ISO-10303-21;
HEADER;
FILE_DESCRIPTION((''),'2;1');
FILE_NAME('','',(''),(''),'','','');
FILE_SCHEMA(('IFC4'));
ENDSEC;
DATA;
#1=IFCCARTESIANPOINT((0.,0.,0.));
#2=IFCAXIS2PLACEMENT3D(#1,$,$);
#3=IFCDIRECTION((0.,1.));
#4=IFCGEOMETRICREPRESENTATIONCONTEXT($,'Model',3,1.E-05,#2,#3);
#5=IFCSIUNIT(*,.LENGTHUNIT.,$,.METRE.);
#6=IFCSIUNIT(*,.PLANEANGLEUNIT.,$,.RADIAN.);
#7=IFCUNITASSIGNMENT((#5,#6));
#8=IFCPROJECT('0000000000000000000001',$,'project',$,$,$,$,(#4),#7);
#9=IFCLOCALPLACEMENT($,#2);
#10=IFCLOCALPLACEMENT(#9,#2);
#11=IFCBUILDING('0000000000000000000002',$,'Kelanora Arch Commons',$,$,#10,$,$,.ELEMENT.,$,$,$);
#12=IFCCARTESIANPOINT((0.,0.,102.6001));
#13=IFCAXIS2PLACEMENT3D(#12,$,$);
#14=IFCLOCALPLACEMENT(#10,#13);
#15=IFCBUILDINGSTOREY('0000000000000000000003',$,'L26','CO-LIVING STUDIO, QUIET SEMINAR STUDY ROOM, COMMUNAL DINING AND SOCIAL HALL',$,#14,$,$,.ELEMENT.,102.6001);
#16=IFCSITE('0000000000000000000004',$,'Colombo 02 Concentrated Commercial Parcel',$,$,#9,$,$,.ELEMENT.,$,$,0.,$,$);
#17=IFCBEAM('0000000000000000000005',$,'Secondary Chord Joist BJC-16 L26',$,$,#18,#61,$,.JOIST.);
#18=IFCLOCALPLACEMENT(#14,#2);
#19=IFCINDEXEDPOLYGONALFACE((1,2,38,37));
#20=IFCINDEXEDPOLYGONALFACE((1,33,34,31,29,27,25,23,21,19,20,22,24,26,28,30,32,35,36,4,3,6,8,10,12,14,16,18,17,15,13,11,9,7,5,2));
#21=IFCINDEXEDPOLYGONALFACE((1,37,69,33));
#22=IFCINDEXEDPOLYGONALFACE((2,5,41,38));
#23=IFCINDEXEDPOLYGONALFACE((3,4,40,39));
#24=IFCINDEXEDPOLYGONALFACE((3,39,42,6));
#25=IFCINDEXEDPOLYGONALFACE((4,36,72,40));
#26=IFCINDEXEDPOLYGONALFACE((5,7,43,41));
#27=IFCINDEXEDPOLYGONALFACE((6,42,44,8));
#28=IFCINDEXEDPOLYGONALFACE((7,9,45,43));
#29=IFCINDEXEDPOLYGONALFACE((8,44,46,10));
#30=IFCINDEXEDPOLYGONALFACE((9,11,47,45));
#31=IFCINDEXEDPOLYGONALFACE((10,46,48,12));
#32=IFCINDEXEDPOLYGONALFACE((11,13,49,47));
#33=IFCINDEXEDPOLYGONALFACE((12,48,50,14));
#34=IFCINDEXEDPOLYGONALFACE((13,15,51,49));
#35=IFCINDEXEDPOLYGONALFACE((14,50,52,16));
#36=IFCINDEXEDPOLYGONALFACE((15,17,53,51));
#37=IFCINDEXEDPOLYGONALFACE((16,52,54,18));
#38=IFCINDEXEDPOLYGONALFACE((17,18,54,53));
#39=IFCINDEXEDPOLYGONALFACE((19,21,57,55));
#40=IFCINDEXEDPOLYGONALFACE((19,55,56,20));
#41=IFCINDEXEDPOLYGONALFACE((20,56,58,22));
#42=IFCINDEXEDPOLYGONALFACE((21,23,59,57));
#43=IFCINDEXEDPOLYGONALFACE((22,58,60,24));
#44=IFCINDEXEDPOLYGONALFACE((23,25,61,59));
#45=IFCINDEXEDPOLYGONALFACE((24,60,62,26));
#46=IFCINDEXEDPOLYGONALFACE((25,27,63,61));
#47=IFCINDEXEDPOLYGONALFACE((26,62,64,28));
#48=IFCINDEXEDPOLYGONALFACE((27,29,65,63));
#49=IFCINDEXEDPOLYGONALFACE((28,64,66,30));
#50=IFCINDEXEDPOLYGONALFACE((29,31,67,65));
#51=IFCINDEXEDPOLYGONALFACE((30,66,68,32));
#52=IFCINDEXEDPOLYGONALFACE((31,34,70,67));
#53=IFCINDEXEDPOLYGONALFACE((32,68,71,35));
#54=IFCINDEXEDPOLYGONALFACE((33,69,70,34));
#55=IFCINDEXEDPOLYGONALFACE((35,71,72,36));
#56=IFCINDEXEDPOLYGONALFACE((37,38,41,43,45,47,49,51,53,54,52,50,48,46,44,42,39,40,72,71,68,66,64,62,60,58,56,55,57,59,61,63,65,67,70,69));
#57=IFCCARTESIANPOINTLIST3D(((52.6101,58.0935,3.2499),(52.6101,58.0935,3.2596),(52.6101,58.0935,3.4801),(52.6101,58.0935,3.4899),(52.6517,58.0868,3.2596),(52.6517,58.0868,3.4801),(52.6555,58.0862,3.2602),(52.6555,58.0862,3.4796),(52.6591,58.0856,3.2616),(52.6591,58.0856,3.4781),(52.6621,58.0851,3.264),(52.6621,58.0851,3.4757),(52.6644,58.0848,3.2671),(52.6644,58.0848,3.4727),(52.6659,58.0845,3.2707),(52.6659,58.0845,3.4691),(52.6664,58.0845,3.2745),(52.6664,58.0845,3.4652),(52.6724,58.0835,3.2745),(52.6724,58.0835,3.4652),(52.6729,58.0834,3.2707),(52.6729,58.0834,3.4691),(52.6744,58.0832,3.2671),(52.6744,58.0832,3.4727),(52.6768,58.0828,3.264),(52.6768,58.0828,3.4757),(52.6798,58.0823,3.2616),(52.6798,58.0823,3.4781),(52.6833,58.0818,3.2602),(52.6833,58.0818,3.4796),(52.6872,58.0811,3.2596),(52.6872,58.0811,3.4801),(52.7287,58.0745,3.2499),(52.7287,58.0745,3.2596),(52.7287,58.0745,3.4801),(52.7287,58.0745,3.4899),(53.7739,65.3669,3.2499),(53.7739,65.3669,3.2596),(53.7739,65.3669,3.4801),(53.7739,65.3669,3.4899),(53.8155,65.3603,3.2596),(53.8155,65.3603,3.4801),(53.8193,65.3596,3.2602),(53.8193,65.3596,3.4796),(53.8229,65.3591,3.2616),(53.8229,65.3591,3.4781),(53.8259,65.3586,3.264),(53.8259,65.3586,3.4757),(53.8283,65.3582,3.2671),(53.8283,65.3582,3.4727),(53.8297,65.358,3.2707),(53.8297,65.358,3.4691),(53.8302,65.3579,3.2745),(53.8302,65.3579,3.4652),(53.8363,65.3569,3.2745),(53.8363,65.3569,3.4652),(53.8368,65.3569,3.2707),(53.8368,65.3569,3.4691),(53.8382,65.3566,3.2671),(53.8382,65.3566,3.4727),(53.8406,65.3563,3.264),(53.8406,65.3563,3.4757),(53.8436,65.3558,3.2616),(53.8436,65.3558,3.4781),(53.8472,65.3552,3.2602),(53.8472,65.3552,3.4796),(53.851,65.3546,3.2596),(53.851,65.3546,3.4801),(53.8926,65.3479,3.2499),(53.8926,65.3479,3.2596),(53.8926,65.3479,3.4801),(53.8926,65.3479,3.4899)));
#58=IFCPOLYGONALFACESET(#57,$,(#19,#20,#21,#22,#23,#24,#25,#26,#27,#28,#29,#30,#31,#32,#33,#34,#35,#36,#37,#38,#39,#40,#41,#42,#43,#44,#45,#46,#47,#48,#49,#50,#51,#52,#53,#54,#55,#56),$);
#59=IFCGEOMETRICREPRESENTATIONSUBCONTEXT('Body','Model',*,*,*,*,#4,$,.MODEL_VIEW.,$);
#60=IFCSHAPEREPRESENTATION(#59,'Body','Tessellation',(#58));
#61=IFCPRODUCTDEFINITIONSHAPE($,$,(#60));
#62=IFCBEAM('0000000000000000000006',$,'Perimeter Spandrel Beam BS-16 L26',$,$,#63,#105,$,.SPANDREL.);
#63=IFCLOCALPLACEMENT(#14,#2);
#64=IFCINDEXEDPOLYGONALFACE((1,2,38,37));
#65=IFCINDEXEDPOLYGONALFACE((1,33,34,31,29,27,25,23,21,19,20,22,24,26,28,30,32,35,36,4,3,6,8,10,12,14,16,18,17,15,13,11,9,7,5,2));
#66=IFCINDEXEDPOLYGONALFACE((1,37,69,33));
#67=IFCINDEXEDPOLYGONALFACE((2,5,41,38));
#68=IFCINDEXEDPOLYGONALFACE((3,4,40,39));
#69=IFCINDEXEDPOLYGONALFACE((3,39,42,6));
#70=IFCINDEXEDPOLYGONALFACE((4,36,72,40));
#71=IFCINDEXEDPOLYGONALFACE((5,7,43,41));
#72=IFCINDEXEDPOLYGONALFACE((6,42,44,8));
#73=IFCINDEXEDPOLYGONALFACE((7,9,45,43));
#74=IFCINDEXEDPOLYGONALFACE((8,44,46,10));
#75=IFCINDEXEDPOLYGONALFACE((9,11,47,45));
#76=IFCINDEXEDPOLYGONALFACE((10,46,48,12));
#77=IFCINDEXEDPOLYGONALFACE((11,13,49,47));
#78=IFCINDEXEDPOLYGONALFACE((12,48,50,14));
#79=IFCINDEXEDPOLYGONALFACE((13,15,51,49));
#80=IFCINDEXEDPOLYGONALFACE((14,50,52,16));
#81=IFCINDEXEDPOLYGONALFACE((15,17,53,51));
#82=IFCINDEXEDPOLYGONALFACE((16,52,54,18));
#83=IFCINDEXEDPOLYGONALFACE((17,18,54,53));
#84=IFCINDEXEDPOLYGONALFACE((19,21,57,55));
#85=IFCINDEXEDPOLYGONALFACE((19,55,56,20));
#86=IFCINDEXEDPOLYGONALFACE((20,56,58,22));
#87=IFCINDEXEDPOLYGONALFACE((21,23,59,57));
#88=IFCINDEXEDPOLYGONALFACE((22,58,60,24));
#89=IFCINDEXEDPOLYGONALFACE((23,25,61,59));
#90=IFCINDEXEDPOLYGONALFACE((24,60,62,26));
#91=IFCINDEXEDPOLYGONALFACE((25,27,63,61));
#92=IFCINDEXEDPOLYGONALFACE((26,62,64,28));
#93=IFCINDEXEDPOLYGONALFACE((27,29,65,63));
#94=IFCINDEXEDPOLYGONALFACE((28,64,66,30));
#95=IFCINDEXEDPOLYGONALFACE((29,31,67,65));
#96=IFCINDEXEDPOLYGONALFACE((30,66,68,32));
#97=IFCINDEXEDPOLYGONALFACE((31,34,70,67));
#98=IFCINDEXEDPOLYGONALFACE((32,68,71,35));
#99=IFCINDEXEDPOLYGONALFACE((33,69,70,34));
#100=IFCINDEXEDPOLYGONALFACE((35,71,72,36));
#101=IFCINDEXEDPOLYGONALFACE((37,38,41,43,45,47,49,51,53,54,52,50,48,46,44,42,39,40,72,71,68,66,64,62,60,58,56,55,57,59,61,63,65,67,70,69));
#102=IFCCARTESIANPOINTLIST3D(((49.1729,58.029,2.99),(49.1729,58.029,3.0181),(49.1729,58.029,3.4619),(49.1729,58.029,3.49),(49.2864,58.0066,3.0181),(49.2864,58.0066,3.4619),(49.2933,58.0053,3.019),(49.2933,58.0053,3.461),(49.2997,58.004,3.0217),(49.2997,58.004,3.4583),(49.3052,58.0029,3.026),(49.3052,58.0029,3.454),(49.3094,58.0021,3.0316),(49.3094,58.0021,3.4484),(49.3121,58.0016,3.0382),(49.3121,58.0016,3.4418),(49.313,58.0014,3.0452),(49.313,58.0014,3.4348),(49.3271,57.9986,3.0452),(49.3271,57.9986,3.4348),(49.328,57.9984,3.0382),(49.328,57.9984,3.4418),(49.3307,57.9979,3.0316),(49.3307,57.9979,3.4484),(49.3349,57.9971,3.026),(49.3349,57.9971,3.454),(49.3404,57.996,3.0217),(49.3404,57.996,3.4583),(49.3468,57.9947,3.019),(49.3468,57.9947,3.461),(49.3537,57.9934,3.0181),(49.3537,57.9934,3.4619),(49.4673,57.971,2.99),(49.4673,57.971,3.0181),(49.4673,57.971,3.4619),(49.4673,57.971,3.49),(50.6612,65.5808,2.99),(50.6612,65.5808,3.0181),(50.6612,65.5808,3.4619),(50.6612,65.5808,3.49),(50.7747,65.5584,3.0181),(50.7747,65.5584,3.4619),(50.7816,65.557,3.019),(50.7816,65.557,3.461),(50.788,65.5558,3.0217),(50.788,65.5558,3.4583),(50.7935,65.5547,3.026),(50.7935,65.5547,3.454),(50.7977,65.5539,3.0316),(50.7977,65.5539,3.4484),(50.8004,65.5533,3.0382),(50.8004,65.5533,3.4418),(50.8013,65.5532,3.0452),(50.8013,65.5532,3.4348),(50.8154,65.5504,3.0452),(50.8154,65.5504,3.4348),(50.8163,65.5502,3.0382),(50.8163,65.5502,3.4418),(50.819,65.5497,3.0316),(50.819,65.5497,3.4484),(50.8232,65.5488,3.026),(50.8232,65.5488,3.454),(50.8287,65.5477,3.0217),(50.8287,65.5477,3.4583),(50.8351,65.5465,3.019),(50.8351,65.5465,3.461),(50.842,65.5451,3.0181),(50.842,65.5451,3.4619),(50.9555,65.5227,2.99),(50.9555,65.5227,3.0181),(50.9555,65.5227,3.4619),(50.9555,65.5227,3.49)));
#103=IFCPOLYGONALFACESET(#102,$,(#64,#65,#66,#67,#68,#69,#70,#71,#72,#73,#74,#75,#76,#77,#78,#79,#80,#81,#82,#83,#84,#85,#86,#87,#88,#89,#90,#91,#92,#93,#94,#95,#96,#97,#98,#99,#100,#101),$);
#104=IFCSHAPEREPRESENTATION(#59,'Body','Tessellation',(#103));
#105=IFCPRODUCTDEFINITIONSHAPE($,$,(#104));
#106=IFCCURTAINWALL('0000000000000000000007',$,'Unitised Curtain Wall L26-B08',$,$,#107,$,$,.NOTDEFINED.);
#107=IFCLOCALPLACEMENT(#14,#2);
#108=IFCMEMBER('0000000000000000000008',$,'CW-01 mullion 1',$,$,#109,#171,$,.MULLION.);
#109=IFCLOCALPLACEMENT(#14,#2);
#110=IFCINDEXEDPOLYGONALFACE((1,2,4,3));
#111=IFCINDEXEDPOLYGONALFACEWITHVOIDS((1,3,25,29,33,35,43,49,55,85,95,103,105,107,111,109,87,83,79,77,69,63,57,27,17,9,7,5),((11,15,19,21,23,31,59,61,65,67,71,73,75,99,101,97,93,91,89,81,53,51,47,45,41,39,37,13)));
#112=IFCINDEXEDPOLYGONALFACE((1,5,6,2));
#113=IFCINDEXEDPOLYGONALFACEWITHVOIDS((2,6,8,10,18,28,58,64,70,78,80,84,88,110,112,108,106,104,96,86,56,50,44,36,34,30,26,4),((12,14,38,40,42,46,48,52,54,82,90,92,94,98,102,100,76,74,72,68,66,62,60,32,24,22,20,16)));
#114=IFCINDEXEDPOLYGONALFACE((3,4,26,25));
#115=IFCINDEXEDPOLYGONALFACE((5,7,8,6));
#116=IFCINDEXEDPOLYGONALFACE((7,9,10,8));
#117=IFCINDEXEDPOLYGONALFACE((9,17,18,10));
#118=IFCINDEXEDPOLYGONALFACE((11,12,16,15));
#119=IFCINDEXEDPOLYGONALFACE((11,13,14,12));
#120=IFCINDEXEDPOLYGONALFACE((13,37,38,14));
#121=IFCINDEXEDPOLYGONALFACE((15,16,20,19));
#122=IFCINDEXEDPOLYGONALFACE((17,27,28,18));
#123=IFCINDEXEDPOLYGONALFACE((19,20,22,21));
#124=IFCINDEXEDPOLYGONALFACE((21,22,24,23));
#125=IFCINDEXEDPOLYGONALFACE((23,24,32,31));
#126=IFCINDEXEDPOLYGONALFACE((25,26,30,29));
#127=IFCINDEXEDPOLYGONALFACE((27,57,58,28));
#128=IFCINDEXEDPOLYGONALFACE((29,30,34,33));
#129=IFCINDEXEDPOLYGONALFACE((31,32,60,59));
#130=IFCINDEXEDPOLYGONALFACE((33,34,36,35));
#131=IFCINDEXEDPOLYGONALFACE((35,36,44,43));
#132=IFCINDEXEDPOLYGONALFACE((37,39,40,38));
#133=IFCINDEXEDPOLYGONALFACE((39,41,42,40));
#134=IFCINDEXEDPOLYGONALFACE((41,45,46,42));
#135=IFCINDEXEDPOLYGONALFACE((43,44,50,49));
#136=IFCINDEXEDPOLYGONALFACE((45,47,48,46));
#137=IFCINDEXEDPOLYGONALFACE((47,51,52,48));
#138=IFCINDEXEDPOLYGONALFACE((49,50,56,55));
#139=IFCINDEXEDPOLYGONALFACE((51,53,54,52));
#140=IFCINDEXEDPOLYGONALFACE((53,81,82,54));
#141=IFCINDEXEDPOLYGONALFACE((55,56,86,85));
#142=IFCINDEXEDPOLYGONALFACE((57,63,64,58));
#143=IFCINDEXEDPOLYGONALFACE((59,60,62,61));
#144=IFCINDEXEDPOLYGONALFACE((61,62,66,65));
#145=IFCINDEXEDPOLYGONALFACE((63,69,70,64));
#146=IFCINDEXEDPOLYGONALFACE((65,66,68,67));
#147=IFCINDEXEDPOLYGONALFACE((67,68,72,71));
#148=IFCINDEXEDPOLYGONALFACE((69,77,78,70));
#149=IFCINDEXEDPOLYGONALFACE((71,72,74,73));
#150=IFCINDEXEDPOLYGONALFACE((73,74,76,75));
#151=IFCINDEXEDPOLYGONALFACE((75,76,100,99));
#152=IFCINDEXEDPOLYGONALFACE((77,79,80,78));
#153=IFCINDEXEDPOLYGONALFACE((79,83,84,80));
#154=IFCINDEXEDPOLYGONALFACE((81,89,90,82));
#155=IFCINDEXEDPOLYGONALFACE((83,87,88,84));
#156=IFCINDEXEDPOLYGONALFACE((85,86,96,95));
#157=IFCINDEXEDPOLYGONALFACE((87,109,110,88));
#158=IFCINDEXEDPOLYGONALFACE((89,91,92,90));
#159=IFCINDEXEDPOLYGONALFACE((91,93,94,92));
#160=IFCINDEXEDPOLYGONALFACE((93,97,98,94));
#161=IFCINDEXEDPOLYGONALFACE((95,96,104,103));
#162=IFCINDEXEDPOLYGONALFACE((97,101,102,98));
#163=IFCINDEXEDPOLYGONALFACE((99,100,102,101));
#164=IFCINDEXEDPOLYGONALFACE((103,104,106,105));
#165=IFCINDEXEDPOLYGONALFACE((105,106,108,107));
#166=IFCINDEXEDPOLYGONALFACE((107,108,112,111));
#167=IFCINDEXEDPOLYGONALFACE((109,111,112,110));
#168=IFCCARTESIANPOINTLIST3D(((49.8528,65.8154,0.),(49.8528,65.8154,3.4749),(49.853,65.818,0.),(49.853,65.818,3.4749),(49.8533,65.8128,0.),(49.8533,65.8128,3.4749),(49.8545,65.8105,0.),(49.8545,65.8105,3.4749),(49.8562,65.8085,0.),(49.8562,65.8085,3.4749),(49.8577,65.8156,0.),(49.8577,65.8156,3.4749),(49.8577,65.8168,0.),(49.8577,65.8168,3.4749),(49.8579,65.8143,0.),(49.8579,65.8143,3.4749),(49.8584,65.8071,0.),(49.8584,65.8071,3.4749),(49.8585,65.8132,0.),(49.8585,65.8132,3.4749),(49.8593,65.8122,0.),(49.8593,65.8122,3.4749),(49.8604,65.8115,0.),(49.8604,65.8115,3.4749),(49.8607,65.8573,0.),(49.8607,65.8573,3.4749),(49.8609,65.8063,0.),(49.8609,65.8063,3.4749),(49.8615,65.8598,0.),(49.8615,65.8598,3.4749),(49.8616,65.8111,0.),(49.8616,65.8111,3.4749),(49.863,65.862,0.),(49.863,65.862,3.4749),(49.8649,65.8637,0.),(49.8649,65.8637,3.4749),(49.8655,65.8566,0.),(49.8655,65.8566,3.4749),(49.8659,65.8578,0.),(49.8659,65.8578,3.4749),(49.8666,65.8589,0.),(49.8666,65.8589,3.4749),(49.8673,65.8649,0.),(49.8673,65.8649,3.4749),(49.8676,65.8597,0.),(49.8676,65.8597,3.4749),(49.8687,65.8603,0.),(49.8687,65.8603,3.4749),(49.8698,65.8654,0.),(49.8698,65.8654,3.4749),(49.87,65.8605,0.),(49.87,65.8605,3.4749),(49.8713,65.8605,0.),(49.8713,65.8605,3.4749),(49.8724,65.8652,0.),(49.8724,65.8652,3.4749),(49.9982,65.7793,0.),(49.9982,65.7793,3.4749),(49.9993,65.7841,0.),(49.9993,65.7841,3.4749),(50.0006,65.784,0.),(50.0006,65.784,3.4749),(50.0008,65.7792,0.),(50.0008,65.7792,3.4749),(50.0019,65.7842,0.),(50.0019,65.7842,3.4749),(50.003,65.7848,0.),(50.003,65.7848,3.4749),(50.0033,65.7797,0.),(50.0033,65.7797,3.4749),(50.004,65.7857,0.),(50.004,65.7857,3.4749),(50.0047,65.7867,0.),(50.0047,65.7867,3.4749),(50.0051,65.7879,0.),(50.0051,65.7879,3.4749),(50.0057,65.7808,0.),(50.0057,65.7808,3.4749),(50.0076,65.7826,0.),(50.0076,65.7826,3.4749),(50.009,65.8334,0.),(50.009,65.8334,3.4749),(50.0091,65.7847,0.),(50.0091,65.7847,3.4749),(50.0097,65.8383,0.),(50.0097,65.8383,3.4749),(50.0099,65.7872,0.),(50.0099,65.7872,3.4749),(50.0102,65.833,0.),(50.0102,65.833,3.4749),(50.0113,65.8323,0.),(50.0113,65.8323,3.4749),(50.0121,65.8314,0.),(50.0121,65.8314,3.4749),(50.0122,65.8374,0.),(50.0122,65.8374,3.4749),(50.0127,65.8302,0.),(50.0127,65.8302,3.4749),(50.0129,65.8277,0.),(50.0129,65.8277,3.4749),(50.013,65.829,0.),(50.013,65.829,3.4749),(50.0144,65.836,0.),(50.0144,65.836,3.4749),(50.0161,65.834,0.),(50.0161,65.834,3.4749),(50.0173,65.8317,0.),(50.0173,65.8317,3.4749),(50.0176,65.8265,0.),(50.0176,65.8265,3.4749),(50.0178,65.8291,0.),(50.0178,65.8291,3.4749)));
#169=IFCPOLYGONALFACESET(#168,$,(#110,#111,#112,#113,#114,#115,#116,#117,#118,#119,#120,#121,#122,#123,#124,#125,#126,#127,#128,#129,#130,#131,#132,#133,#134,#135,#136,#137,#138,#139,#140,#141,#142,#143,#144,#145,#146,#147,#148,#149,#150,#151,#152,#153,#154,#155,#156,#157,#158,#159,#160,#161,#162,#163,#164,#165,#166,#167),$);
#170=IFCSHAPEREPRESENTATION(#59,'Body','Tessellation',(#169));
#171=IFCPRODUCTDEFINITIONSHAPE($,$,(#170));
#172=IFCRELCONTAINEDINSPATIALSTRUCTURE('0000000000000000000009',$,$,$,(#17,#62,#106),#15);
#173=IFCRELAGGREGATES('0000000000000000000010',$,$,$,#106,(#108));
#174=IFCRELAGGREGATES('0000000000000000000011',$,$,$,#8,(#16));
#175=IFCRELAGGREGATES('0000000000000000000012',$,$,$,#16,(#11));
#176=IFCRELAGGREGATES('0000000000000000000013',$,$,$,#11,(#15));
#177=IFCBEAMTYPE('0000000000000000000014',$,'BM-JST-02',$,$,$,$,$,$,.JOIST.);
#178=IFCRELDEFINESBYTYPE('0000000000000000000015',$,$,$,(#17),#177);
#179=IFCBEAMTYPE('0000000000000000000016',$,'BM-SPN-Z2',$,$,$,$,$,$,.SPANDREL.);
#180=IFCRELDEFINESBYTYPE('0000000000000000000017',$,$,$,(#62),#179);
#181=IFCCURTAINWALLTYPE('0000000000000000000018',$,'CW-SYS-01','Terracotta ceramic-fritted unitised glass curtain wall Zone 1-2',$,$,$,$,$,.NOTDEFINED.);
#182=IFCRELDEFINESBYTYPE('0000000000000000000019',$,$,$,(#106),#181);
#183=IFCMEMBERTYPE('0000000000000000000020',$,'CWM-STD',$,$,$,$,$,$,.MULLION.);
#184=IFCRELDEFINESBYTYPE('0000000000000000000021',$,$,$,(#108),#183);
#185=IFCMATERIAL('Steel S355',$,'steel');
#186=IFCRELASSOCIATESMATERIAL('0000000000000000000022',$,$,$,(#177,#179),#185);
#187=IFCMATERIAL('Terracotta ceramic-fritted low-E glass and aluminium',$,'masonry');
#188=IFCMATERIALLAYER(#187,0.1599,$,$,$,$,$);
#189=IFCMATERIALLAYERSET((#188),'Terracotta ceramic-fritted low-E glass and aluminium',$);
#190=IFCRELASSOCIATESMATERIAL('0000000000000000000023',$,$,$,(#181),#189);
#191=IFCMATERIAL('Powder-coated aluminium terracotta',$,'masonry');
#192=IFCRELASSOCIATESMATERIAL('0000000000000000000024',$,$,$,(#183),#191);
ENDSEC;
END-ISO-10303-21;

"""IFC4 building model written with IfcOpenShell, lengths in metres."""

from ifc_helpers import new_model, si_unit, direction, frame, origin, origin_2d, place, context, subcontext, project, spatial, hollow_rectangle, i_section, extrude, material, layer, layer_set, material_profile, profile_set, type_object, element, aggregate, save


model = new_model("IFC4")

# Units and contexts
model_context = context("Model", 3, precision=1e-05, world=origin(), true_north=direction((0.0, 1.0)))
body_context = subcontext(model_context, "Body", "Model", "MODEL_VIEW")
ifc_project = project(units=[si_unit("LENGTHUNIT", "METRE"), si_unit("PLANEANGLEUNIT", "RADIAN")], contexts=[model_context])

# Site, building, storey
site_placement = place(None, origin())
site = spatial("IfcSite", under=ifc_project, at=site_placement, Name="Colombo 02 Concentrated Commercial Parcel", CompositionType="ELEMENT", RefElevation=0.0)
building_placement = place(site_placement, origin())
building = spatial("IfcBuilding", under=site, at=building_placement, Name="Kelanora Arch Commons", CompositionType="ELEMENT")
storey_placement = place(building_placement, frame((0.0, 0.0, 102.6001)))
storey = spatial("IfcBuildingStorey", under=building, at=storey_placement, Name="L26", Description="CO-LIVING STUDIO, QUIET SEMINAR STUDY ROOM, COMMUNAL DINING AND SOCIAL HALL", CompositionType="ELEMENT", Elevation=102.6001)

# Beams
ifc_material_1 = material(Name="Steel S355", Category="steel")
ifc_material_profile_1 = material_profile(ifc_material_1, i_section(OverallWidth=0.1201, OverallDepth=0.24, WebThickness=0.0061, FlangeThickness=0.0098, FilletRadius=0.0149, at=origin_2d()), Name="IPE240")
ifc_profile_set_1 = profile_set([ifc_material_profile_1], Name="Steel S355")
beam_type_1 = type_object("IfcBeamType", Name="BM-JST-02", PredefinedType="JOIST", material=ifc_profile_set_1)
beam_1_placement = place(storey_placement, frame((53.8333, 65.3574, 3.3699), z_axis=(-0.158, -0.987439, 0.0), x_axis=(0.987439, -0.158, 0.0)))
element("IfcBeam", 1, at=beam_1_placement, inside=storey, type_object=beam_type_1, Name="Secondary Chord Joist BJC-16 L26", PredefinedType="JOIST", context=body_context, shape_type="SweptSolid", body=[
    extrude(i_section(OverallWidth=0.1201, OverallDepth=0.24, WebThickness=0.0061, FlangeThickness=0.0098, FilletRadius=0.0149, at=origin_2d()), origin(), (0.0, 0.0, 1.0), 7.366),
])
ifc_material_profile_2 = material_profile(ifc_material_1, i_section(OverallWidth=0.3, OverallDepth=0.5, WebThickness=0.0144, FlangeThickness=0.0281, FilletRadius=0.0271, at=origin_2d()), Name="HEB500")
ifc_profile_set_2 = profile_set([ifc_material_profile_2], Name="Steel S355")
beam_type_2 = type_object("IfcBeamType", Name="BM-SPN-Z2", PredefinedType="SPANDREL", material=ifc_profile_set_2)
beam_2_placement = place(storey_placement, frame((50.8083, 65.5518, 3.24), z_axis=(-0.193358, -0.981128, 0.0), x_axis=(0.981128, -0.193358, 0.0)))
element("IfcBeam", 2, at=beam_2_placement, inside=storey, type_object=beam_type_2, Name="Perimeter Spandrel Beam BS-16 L26", PredefinedType="SPANDREL", context=body_context, shape_type="SweptSolid", body=[
    extrude(i_section(OverallWidth=0.3, OverallDepth=0.5, WebThickness=0.0144, FlangeThickness=0.0281, FilletRadius=0.0271, at=origin_2d()), origin(), (0.0, 0.0, 1.0), 7.697),
])

# Curtain wall, member
ifc_material_2 = material(Name="Terracotta ceramic-fritted low-E glass and aluminium", Category="masonry")
ifc_layer_1 = layer(ifc_material_2, 0.1599)
ifc_layer_set_1 = layer_set([ifc_layer_1], Name="Terracotta ceramic-fritted low-E glass and aluminium")
curtain_wall_type = type_object("IfcCurtainWallType", Name="CW-SYS-01", Description="Terracotta ceramic-fritted unitised glass curtain wall Zone 1-2", PredefinedType="NOTDEFINED", material=ifc_layer_set_1)
curtain_wall_placement = place(storey_placement, origin())
curtain_wall = element("IfcCurtainWall", 3, at=curtain_wall_placement, inside=storey, type_object=curtain_wall_type, Name="Unitised Curtain Wall L26-B08", PredefinedType="NOTDEFINED")
ifc_material_3 = material(Name="Powder-coated aluminium terracotta", Category="masonry")
ifc_material_profile_3 = material_profile(ifc_material_3, hollow_rectangle(XDim=0.1599, YDim=0.0601, WallThickness=0.0049, InnerFilletRadius=0.0049, OuterFilletRadius=0.01, at=origin_2d()), Name="CWM160x60")
ifc_profile_set_3 = profile_set([ifc_material_profile_3], Name="Powder-coated aluminium terracotta")
member_type_1 = type_object("IfcMemberType", Name="CWM-STD", PredefinedType="MULLION", material=ifc_profile_set_3)
member_1_placement = place(storey_placement, frame((49.9353, 65.8223, 0.0), z_axis=(0.0, 0.0, 1.0), x_axis=(0.98128, -0.192585, 0.0)))
member_1 = element("IfcMember", 4, at=member_1_placement, type_object=member_type_1, Name="CW-01 mullion 1", PredefinedType="MULLION", context=body_context, shape_type="SweptSolid", body=[
    extrude(hollow_rectangle(XDim=0.1599, YDim=0.0601, WallThickness=0.0049, InnerFilletRadius=0.0049, OuterFilletRadius=0.01, at=origin_2d()), origin(), (0.0, 0.0, 1.0), 3.4749),
])
aggregate(curtain_wall, [member_1])

save(model, "model.ifc")
